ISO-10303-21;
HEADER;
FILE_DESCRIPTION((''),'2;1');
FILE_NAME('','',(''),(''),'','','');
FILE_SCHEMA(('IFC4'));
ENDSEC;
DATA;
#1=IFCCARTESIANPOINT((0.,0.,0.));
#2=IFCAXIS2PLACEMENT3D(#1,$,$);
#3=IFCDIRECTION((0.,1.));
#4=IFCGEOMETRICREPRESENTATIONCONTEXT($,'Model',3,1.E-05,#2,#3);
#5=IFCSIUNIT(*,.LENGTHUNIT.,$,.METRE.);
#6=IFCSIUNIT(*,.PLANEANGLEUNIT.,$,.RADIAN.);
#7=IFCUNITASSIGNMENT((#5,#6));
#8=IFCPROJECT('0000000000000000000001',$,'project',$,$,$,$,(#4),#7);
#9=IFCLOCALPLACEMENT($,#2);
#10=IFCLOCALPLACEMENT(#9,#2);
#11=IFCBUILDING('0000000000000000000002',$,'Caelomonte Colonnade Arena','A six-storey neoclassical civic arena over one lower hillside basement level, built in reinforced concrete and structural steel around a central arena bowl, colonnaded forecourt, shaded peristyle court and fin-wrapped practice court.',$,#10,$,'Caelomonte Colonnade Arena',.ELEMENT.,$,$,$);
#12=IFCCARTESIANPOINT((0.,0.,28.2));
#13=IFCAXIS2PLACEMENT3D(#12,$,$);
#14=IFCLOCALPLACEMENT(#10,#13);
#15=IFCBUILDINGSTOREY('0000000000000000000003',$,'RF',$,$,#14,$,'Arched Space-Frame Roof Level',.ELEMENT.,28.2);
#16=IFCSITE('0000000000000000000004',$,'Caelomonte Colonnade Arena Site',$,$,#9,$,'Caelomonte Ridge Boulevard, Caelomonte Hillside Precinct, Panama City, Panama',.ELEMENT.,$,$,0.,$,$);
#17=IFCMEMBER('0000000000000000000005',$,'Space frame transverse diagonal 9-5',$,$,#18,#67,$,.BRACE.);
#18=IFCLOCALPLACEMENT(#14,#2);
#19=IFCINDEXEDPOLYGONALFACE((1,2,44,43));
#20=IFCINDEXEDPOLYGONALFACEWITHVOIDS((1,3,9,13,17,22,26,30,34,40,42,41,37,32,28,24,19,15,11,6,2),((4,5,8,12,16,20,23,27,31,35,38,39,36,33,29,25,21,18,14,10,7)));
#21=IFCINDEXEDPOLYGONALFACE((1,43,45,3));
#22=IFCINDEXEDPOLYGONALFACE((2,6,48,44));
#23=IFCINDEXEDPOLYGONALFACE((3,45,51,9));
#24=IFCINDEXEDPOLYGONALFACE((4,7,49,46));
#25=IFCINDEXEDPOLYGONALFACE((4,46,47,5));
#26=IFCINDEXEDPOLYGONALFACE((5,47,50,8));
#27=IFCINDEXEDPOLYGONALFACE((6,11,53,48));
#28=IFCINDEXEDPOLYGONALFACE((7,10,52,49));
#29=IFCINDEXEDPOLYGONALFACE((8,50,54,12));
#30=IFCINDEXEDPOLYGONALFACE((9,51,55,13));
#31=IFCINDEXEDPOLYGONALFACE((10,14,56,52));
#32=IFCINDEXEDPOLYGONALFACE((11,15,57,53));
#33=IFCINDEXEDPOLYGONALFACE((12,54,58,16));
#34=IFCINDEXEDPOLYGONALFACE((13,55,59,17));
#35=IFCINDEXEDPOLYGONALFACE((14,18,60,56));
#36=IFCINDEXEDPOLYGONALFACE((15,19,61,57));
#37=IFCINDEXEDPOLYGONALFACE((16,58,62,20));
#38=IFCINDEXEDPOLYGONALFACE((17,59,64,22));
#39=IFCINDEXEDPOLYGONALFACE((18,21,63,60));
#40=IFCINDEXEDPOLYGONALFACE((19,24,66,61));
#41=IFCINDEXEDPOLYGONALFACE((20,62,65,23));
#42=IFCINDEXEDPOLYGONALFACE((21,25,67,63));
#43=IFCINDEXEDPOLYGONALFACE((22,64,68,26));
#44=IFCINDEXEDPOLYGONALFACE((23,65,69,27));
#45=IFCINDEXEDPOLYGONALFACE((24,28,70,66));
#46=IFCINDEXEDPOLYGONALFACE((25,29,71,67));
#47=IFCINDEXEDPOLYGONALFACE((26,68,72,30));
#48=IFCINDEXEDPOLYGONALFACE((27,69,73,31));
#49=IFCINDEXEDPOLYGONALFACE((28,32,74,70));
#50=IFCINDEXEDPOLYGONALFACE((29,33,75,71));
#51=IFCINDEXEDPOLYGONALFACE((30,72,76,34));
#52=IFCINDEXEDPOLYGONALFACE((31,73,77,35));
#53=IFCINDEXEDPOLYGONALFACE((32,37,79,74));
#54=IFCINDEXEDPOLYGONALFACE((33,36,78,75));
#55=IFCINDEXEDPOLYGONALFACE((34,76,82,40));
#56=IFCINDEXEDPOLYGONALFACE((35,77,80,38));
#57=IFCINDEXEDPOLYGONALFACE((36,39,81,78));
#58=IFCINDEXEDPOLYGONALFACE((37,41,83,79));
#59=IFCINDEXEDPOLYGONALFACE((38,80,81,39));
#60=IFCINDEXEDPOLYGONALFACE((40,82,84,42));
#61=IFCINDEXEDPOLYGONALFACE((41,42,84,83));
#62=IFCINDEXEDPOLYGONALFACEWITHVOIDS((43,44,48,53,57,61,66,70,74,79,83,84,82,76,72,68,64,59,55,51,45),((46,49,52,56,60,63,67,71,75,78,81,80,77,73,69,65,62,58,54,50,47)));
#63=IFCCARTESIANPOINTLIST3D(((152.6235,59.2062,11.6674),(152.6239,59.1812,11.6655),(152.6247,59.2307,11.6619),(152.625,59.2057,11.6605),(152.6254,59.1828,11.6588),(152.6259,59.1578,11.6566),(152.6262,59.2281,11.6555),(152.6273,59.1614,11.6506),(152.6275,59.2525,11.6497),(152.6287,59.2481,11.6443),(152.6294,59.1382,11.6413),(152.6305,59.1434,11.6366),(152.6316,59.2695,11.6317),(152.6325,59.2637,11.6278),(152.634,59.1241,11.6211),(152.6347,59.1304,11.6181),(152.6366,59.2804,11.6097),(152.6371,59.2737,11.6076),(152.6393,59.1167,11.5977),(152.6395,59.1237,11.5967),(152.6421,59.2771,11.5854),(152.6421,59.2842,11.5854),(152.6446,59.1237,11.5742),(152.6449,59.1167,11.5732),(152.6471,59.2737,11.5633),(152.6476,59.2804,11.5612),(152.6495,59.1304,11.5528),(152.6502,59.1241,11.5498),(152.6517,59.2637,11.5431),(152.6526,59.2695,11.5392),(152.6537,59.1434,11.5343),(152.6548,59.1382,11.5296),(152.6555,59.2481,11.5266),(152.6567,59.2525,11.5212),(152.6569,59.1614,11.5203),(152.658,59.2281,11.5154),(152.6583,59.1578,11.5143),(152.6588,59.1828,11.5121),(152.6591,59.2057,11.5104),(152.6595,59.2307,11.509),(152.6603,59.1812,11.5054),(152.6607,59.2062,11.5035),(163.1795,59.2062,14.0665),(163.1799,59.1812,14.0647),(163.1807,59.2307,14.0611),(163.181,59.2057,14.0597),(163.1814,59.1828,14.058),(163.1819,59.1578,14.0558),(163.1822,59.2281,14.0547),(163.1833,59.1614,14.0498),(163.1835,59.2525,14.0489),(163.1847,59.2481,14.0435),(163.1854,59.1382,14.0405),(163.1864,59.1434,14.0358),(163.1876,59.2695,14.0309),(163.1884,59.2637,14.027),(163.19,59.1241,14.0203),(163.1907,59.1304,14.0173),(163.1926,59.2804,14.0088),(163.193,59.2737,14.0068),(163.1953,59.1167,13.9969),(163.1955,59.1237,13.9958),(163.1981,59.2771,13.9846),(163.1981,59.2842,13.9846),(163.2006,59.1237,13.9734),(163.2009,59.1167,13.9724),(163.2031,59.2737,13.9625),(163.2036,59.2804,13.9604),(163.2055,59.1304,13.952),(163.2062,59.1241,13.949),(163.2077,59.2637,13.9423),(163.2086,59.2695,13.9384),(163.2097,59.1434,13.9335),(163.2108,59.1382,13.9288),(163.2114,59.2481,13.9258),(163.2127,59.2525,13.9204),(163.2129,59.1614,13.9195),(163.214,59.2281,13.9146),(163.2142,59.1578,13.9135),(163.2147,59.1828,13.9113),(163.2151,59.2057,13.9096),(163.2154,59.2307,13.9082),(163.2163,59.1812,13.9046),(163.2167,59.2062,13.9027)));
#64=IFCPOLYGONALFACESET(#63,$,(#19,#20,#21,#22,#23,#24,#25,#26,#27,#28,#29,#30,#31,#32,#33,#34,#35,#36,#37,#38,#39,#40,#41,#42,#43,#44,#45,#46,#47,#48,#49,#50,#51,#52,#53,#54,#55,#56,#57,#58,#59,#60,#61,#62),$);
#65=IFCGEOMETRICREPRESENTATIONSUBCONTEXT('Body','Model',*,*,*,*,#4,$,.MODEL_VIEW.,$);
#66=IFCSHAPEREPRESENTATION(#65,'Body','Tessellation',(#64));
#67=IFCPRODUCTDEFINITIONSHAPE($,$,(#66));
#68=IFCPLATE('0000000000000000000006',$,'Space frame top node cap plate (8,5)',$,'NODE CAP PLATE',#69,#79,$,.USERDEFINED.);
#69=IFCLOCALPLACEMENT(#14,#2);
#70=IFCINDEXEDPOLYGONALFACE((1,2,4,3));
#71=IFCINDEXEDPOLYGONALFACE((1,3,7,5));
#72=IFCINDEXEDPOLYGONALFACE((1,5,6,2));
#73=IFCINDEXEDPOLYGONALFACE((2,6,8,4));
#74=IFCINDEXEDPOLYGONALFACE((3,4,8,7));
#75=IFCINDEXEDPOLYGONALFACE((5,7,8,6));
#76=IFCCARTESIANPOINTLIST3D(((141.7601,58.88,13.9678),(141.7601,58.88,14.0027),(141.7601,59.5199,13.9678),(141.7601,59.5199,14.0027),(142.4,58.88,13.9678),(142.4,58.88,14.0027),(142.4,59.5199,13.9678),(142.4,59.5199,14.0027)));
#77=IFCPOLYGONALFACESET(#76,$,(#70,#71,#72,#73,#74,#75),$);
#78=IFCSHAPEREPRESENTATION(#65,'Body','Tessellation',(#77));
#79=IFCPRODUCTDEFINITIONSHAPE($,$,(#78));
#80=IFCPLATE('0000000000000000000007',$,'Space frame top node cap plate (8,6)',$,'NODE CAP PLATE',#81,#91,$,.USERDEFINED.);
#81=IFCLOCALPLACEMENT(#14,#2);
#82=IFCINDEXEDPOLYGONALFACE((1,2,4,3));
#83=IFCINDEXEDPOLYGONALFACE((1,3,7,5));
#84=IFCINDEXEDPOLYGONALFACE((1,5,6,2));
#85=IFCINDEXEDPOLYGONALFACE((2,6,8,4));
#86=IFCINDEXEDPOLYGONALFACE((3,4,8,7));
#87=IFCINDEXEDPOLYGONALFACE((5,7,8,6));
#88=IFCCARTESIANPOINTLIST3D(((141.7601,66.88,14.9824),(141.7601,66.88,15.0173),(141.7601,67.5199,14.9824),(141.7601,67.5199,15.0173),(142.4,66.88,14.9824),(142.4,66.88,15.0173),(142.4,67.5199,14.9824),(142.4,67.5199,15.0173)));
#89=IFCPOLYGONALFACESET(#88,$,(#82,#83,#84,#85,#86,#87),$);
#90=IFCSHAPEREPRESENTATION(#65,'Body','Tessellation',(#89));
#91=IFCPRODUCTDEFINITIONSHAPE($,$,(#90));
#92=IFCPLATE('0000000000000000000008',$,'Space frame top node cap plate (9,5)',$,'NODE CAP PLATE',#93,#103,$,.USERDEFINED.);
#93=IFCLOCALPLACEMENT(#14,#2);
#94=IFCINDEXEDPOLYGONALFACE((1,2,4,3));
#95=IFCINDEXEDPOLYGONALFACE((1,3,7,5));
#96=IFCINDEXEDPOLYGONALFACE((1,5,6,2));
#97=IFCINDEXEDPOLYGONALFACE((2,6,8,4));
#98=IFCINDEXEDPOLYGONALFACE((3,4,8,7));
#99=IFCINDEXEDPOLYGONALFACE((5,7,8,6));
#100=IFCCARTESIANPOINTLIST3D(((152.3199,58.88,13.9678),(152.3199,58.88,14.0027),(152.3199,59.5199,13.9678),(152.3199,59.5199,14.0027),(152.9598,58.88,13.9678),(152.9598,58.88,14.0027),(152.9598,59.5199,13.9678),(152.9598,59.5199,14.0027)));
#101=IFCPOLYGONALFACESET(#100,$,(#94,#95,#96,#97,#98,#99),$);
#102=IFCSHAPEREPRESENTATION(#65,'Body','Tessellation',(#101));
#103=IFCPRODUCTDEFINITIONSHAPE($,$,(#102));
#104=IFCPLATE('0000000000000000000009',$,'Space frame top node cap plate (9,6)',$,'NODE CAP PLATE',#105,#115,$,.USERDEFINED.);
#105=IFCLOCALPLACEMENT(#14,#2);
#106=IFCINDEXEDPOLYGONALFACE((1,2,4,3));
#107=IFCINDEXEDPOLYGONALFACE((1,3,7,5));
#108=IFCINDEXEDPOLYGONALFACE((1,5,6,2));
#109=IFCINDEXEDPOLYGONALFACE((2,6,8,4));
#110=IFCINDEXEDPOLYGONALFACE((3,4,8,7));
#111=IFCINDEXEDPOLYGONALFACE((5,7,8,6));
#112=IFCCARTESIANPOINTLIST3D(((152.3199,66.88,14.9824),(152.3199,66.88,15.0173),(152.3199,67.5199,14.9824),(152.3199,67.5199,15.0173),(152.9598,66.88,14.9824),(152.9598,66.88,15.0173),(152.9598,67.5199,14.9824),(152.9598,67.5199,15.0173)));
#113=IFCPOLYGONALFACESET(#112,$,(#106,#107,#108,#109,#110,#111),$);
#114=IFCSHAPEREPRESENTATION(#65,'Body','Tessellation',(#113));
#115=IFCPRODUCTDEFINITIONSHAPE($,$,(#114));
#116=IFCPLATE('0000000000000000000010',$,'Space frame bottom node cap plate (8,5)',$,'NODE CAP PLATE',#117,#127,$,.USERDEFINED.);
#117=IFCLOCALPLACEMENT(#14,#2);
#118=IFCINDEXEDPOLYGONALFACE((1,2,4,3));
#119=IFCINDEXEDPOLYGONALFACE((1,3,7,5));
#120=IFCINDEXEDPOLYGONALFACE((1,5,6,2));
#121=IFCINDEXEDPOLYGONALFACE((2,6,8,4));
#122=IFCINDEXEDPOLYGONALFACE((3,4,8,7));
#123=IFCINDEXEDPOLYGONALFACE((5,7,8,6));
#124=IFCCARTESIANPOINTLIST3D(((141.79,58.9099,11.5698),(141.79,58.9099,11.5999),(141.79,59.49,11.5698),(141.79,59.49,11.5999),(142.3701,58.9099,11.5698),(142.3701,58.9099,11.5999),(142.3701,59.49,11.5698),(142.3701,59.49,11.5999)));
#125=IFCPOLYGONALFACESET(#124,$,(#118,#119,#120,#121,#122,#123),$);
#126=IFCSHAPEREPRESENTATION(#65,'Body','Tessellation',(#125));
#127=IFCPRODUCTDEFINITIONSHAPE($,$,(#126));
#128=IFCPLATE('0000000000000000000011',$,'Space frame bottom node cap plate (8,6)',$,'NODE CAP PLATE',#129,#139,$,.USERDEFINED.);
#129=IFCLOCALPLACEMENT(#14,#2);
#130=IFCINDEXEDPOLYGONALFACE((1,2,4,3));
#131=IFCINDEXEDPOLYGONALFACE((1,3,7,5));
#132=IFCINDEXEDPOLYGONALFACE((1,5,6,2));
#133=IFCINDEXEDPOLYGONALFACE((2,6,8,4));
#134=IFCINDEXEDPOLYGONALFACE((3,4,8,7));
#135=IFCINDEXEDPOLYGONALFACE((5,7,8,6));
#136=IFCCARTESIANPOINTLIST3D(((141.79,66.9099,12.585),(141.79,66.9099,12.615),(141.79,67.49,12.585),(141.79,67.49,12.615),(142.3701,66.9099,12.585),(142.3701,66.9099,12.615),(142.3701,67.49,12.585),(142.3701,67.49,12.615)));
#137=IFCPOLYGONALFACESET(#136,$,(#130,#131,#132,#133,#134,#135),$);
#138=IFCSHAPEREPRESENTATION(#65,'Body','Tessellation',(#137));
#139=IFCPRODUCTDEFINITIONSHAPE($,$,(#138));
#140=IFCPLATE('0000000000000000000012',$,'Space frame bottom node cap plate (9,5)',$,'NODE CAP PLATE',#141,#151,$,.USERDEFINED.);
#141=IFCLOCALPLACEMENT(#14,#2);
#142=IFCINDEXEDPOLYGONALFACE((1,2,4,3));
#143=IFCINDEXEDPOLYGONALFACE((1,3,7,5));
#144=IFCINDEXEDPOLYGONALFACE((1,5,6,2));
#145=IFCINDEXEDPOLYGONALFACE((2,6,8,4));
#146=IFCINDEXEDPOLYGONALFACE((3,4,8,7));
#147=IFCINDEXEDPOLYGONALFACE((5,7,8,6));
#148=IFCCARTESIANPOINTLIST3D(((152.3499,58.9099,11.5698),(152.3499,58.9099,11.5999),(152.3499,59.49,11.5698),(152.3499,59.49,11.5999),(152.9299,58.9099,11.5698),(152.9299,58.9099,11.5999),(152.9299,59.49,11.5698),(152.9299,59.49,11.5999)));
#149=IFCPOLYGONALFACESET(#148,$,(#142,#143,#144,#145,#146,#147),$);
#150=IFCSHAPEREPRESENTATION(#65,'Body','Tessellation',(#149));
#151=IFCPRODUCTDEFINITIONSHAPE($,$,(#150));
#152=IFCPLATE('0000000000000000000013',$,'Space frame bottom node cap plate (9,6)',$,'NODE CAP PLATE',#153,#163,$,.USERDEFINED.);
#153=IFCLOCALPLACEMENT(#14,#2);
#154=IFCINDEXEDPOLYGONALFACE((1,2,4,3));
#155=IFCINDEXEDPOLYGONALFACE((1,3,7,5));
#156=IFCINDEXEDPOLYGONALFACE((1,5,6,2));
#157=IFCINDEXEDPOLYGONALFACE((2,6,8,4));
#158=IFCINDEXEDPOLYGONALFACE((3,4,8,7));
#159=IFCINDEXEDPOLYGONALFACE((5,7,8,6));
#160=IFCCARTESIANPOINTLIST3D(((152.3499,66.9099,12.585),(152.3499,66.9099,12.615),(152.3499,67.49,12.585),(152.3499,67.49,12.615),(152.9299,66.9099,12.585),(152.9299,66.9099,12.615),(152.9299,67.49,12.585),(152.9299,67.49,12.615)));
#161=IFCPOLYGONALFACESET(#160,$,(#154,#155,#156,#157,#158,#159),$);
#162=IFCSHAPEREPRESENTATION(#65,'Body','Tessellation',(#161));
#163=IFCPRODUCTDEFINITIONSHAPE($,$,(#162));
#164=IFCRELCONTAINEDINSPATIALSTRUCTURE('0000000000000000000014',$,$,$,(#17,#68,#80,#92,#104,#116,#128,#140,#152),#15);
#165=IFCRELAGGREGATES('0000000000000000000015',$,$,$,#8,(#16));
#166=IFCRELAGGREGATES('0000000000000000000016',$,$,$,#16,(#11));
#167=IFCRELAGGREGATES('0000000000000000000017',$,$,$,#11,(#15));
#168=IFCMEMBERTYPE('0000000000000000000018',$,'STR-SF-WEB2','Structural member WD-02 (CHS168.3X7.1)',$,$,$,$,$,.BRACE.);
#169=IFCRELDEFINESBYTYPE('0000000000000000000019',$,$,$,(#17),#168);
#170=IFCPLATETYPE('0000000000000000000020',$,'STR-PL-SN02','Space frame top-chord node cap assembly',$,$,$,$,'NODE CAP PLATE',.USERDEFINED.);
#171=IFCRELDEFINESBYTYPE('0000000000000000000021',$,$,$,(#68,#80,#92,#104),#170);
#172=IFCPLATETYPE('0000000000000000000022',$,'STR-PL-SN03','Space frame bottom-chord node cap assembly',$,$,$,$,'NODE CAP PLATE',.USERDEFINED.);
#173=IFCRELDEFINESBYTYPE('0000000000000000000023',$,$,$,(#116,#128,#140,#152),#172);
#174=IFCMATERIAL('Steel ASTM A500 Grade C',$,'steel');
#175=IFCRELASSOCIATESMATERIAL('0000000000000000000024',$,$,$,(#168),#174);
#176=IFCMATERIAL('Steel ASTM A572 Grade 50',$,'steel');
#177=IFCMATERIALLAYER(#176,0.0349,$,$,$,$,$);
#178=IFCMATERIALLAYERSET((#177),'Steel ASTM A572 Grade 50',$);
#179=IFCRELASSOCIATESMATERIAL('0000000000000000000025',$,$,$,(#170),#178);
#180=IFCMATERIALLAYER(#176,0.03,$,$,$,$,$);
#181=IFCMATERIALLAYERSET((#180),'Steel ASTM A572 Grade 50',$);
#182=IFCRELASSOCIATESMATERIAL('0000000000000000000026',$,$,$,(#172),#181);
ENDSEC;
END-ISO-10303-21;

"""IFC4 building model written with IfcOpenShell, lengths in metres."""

from ifc_helpers import new_model, si_unit, direction, frame, origin, origin_2d, place, context, subcontext, project, spatial, rectangle, hollow_circle, extrude, material, layer, layer_set, material_profile, profile_set, type_object, element, save


model = new_model("IFC4")

# Units and contexts
model_context = context("Model", 3, precision=1e-05, world=origin(), true_north=direction((0.0, 1.0)))
body_context = subcontext(model_context, "Body", "Model", "MODEL_VIEW")
ifc_project = project(units=[si_unit("LENGTHUNIT", "METRE"), si_unit("PLANEANGLEUNIT", "RADIAN")], contexts=[model_context])

# Site, building, storey
site_placement = place(None, origin())
site = spatial("IfcSite", under=ifc_project, at=site_placement, Name="Caelomonte Colonnade Arena Site", LongName="Caelomonte Ridge Boulevard, Caelomonte Hillside Precinct, Panama City, Panama", CompositionType="ELEMENT", RefElevation=0.0)
building_placement = place(site_placement, origin())
building = spatial("IfcBuilding", under=site, at=building_placement, Name="Caelomonte Colonnade Arena", Description="A six-storey neoclassical civic arena over one lower hillside basement level, built in reinforced concrete and structural steel around a central arena bowl, colonnaded forecourt, shaded peristyle court and fin-wrapped practice court.", LongName="Caelomonte Colonnade Arena", CompositionType="ELEMENT")
storey_placement = place(building_placement, frame((0.0, 0.0, 28.2)))
storey = spatial("IfcBuildingStorey", under=building, at=storey_placement, Name="RF", LongName="Arched Space-Frame Roof Level", CompositionType="ELEMENT", Elevation=28.2)

# Member
ifc_material_1 = material(Name="Steel ASTM A500 Grade C", Category="steel")
ifc_material_profile_1 = material_profile(ifc_material_1, hollow_circle(Radius=0.0842, WallThickness=0.0071, at=origin_2d()), Name="CHS168.3X7.1")
ifc_profile_set_1 = profile_set([ifc_material_profile_1], Name="Steel ASTM A500 Grade C")
member_type_1 = type_object("IfcMemberType", Name="STR-SF-WEB2", Description="Structural member WD-02 (CHS168.3X7.1)", PredefinedType="BRACE", material=ifc_profile_set_1)
for number, where, z_axis, x_axis, name in (
    (1, (152.6421, 59.2, 11.5854), (0.975131, 0.0, 0.22163), (0.0, 1.0, 0.0), "Space frame transverse diagonal 9-5"),
):
    element("IfcMember", number, at=place(storey_placement, frame(where, z_axis=z_axis, x_axis=x_axis)), inside=storey, type_object=member_type_1, Name=name, PredefinedType="BRACE", context=body_context, shape_type="SweptSolid", body=[
        extrude(hollow_circle(Radius=0.0842, WallThickness=0.0071, at=origin_2d()), origin(), (0.0, 0.0, 1.0), 10.8252),
    ])

# Plates
ifc_material_2 = material(Name="Steel ASTM A572 Grade 50", Category="steel")
ifc_layer_1 = layer(ifc_material_2, 0.0349)
ifc_layer_set_1 = layer_set([ifc_layer_1], Name="Steel ASTM A572 Grade 50")
plate_type_1 = type_object("IfcPlateType", Name="STR-PL-SN02", Description="Space frame top-chord node cap assembly", ElementType="NODE CAP PLATE", PredefinedType="USERDEFINED", material=ifc_layer_set_1)
for number, where, z_axis, x_axis, name in (
    (2, (142.0801, 59.2, 13.9678), (0.0, 0.0, 1.0), (1.0, 0.0, 0.0), "Space frame top node cap plate (8,5)"),
    (3, (142.0801, 67.2, 14.9824), (0.0, 0.0, 1.0), (1.0, 0.0, 0.0), "Space frame top node cap plate (8,6)"),
    (4, (152.6399, 59.2, 13.9678), (0.0, 0.0, 1.0), (1.0, 0.0, 0.0), "Space frame top node cap plate (9,5)"),
    (5, (152.6399, 67.2, 14.9824), (0.0, 0.0, 1.0), (1.0, 0.0, 0.0), "Space frame top node cap plate (9,6)"),
):
    element("IfcPlate", number, at=place(storey_placement, frame(where, z_axis=z_axis, x_axis=x_axis)), inside=storey, type_object=plate_type_1, Name=name, ObjectType="NODE CAP PLATE", PredefinedType="USERDEFINED", context=body_context, shape_type="SweptSolid", body=[
        extrude(rectangle(XDim=0.6399, YDim=0.6399, at=origin_2d()), origin(), (0.0, 0.0, 1.0), 0.0349),
    ])
ifc_layer_2 = layer(ifc_material_2, 0.03)
ifc_layer_set_2 = layer_set([ifc_layer_2], Name="Steel ASTM A572 Grade 50")
plate_type_2 = type_object("IfcPlateType", Name="STR-PL-SN03", Description="Space frame bottom-chord node cap assembly", ElementType="NODE CAP PLATE", PredefinedType="USERDEFINED", material=ifc_layer_set_2)
for number, where, z_axis, x_axis, name in (
    (6, (142.0801, 59.2, 11.5698), (0.0, 0.0, 1.0), (1.0, 0.0, 0.0), "Space frame bottom node cap plate (8,5)"),
    (7, (142.0801, 67.2, 12.585), (0.0, 0.0, 1.0), (1.0, 0.0, 0.0), "Space frame bottom node cap plate (8,6)"),
    (8, (152.6399, 59.2, 11.5698), (0.0, 0.0, 1.0), (1.0, 0.0, 0.0), "Space frame bottom node cap plate (9,5)"),
    (9, (152.6399, 67.2, 12.585), (0.0, 0.0, 1.0), (1.0, 0.0, 0.0), "Space frame bottom node cap plate (9,6)"),
):
    element("IfcPlate", number, at=place(storey_placement, frame(where, z_axis=z_axis, x_axis=x_axis)), inside=storey, type_object=plate_type_2, Name=name, ObjectType="NODE CAP PLATE", PredefinedType="USERDEFINED", context=body_context, shape_type="SweptSolid", body=[
        extrude(rectangle(XDim=0.5801, YDim=0.5801, at=origin_2d()), origin(), (0.0, 0.0, 1.0), 0.03),
    ])

save(model, "model.ifc")
